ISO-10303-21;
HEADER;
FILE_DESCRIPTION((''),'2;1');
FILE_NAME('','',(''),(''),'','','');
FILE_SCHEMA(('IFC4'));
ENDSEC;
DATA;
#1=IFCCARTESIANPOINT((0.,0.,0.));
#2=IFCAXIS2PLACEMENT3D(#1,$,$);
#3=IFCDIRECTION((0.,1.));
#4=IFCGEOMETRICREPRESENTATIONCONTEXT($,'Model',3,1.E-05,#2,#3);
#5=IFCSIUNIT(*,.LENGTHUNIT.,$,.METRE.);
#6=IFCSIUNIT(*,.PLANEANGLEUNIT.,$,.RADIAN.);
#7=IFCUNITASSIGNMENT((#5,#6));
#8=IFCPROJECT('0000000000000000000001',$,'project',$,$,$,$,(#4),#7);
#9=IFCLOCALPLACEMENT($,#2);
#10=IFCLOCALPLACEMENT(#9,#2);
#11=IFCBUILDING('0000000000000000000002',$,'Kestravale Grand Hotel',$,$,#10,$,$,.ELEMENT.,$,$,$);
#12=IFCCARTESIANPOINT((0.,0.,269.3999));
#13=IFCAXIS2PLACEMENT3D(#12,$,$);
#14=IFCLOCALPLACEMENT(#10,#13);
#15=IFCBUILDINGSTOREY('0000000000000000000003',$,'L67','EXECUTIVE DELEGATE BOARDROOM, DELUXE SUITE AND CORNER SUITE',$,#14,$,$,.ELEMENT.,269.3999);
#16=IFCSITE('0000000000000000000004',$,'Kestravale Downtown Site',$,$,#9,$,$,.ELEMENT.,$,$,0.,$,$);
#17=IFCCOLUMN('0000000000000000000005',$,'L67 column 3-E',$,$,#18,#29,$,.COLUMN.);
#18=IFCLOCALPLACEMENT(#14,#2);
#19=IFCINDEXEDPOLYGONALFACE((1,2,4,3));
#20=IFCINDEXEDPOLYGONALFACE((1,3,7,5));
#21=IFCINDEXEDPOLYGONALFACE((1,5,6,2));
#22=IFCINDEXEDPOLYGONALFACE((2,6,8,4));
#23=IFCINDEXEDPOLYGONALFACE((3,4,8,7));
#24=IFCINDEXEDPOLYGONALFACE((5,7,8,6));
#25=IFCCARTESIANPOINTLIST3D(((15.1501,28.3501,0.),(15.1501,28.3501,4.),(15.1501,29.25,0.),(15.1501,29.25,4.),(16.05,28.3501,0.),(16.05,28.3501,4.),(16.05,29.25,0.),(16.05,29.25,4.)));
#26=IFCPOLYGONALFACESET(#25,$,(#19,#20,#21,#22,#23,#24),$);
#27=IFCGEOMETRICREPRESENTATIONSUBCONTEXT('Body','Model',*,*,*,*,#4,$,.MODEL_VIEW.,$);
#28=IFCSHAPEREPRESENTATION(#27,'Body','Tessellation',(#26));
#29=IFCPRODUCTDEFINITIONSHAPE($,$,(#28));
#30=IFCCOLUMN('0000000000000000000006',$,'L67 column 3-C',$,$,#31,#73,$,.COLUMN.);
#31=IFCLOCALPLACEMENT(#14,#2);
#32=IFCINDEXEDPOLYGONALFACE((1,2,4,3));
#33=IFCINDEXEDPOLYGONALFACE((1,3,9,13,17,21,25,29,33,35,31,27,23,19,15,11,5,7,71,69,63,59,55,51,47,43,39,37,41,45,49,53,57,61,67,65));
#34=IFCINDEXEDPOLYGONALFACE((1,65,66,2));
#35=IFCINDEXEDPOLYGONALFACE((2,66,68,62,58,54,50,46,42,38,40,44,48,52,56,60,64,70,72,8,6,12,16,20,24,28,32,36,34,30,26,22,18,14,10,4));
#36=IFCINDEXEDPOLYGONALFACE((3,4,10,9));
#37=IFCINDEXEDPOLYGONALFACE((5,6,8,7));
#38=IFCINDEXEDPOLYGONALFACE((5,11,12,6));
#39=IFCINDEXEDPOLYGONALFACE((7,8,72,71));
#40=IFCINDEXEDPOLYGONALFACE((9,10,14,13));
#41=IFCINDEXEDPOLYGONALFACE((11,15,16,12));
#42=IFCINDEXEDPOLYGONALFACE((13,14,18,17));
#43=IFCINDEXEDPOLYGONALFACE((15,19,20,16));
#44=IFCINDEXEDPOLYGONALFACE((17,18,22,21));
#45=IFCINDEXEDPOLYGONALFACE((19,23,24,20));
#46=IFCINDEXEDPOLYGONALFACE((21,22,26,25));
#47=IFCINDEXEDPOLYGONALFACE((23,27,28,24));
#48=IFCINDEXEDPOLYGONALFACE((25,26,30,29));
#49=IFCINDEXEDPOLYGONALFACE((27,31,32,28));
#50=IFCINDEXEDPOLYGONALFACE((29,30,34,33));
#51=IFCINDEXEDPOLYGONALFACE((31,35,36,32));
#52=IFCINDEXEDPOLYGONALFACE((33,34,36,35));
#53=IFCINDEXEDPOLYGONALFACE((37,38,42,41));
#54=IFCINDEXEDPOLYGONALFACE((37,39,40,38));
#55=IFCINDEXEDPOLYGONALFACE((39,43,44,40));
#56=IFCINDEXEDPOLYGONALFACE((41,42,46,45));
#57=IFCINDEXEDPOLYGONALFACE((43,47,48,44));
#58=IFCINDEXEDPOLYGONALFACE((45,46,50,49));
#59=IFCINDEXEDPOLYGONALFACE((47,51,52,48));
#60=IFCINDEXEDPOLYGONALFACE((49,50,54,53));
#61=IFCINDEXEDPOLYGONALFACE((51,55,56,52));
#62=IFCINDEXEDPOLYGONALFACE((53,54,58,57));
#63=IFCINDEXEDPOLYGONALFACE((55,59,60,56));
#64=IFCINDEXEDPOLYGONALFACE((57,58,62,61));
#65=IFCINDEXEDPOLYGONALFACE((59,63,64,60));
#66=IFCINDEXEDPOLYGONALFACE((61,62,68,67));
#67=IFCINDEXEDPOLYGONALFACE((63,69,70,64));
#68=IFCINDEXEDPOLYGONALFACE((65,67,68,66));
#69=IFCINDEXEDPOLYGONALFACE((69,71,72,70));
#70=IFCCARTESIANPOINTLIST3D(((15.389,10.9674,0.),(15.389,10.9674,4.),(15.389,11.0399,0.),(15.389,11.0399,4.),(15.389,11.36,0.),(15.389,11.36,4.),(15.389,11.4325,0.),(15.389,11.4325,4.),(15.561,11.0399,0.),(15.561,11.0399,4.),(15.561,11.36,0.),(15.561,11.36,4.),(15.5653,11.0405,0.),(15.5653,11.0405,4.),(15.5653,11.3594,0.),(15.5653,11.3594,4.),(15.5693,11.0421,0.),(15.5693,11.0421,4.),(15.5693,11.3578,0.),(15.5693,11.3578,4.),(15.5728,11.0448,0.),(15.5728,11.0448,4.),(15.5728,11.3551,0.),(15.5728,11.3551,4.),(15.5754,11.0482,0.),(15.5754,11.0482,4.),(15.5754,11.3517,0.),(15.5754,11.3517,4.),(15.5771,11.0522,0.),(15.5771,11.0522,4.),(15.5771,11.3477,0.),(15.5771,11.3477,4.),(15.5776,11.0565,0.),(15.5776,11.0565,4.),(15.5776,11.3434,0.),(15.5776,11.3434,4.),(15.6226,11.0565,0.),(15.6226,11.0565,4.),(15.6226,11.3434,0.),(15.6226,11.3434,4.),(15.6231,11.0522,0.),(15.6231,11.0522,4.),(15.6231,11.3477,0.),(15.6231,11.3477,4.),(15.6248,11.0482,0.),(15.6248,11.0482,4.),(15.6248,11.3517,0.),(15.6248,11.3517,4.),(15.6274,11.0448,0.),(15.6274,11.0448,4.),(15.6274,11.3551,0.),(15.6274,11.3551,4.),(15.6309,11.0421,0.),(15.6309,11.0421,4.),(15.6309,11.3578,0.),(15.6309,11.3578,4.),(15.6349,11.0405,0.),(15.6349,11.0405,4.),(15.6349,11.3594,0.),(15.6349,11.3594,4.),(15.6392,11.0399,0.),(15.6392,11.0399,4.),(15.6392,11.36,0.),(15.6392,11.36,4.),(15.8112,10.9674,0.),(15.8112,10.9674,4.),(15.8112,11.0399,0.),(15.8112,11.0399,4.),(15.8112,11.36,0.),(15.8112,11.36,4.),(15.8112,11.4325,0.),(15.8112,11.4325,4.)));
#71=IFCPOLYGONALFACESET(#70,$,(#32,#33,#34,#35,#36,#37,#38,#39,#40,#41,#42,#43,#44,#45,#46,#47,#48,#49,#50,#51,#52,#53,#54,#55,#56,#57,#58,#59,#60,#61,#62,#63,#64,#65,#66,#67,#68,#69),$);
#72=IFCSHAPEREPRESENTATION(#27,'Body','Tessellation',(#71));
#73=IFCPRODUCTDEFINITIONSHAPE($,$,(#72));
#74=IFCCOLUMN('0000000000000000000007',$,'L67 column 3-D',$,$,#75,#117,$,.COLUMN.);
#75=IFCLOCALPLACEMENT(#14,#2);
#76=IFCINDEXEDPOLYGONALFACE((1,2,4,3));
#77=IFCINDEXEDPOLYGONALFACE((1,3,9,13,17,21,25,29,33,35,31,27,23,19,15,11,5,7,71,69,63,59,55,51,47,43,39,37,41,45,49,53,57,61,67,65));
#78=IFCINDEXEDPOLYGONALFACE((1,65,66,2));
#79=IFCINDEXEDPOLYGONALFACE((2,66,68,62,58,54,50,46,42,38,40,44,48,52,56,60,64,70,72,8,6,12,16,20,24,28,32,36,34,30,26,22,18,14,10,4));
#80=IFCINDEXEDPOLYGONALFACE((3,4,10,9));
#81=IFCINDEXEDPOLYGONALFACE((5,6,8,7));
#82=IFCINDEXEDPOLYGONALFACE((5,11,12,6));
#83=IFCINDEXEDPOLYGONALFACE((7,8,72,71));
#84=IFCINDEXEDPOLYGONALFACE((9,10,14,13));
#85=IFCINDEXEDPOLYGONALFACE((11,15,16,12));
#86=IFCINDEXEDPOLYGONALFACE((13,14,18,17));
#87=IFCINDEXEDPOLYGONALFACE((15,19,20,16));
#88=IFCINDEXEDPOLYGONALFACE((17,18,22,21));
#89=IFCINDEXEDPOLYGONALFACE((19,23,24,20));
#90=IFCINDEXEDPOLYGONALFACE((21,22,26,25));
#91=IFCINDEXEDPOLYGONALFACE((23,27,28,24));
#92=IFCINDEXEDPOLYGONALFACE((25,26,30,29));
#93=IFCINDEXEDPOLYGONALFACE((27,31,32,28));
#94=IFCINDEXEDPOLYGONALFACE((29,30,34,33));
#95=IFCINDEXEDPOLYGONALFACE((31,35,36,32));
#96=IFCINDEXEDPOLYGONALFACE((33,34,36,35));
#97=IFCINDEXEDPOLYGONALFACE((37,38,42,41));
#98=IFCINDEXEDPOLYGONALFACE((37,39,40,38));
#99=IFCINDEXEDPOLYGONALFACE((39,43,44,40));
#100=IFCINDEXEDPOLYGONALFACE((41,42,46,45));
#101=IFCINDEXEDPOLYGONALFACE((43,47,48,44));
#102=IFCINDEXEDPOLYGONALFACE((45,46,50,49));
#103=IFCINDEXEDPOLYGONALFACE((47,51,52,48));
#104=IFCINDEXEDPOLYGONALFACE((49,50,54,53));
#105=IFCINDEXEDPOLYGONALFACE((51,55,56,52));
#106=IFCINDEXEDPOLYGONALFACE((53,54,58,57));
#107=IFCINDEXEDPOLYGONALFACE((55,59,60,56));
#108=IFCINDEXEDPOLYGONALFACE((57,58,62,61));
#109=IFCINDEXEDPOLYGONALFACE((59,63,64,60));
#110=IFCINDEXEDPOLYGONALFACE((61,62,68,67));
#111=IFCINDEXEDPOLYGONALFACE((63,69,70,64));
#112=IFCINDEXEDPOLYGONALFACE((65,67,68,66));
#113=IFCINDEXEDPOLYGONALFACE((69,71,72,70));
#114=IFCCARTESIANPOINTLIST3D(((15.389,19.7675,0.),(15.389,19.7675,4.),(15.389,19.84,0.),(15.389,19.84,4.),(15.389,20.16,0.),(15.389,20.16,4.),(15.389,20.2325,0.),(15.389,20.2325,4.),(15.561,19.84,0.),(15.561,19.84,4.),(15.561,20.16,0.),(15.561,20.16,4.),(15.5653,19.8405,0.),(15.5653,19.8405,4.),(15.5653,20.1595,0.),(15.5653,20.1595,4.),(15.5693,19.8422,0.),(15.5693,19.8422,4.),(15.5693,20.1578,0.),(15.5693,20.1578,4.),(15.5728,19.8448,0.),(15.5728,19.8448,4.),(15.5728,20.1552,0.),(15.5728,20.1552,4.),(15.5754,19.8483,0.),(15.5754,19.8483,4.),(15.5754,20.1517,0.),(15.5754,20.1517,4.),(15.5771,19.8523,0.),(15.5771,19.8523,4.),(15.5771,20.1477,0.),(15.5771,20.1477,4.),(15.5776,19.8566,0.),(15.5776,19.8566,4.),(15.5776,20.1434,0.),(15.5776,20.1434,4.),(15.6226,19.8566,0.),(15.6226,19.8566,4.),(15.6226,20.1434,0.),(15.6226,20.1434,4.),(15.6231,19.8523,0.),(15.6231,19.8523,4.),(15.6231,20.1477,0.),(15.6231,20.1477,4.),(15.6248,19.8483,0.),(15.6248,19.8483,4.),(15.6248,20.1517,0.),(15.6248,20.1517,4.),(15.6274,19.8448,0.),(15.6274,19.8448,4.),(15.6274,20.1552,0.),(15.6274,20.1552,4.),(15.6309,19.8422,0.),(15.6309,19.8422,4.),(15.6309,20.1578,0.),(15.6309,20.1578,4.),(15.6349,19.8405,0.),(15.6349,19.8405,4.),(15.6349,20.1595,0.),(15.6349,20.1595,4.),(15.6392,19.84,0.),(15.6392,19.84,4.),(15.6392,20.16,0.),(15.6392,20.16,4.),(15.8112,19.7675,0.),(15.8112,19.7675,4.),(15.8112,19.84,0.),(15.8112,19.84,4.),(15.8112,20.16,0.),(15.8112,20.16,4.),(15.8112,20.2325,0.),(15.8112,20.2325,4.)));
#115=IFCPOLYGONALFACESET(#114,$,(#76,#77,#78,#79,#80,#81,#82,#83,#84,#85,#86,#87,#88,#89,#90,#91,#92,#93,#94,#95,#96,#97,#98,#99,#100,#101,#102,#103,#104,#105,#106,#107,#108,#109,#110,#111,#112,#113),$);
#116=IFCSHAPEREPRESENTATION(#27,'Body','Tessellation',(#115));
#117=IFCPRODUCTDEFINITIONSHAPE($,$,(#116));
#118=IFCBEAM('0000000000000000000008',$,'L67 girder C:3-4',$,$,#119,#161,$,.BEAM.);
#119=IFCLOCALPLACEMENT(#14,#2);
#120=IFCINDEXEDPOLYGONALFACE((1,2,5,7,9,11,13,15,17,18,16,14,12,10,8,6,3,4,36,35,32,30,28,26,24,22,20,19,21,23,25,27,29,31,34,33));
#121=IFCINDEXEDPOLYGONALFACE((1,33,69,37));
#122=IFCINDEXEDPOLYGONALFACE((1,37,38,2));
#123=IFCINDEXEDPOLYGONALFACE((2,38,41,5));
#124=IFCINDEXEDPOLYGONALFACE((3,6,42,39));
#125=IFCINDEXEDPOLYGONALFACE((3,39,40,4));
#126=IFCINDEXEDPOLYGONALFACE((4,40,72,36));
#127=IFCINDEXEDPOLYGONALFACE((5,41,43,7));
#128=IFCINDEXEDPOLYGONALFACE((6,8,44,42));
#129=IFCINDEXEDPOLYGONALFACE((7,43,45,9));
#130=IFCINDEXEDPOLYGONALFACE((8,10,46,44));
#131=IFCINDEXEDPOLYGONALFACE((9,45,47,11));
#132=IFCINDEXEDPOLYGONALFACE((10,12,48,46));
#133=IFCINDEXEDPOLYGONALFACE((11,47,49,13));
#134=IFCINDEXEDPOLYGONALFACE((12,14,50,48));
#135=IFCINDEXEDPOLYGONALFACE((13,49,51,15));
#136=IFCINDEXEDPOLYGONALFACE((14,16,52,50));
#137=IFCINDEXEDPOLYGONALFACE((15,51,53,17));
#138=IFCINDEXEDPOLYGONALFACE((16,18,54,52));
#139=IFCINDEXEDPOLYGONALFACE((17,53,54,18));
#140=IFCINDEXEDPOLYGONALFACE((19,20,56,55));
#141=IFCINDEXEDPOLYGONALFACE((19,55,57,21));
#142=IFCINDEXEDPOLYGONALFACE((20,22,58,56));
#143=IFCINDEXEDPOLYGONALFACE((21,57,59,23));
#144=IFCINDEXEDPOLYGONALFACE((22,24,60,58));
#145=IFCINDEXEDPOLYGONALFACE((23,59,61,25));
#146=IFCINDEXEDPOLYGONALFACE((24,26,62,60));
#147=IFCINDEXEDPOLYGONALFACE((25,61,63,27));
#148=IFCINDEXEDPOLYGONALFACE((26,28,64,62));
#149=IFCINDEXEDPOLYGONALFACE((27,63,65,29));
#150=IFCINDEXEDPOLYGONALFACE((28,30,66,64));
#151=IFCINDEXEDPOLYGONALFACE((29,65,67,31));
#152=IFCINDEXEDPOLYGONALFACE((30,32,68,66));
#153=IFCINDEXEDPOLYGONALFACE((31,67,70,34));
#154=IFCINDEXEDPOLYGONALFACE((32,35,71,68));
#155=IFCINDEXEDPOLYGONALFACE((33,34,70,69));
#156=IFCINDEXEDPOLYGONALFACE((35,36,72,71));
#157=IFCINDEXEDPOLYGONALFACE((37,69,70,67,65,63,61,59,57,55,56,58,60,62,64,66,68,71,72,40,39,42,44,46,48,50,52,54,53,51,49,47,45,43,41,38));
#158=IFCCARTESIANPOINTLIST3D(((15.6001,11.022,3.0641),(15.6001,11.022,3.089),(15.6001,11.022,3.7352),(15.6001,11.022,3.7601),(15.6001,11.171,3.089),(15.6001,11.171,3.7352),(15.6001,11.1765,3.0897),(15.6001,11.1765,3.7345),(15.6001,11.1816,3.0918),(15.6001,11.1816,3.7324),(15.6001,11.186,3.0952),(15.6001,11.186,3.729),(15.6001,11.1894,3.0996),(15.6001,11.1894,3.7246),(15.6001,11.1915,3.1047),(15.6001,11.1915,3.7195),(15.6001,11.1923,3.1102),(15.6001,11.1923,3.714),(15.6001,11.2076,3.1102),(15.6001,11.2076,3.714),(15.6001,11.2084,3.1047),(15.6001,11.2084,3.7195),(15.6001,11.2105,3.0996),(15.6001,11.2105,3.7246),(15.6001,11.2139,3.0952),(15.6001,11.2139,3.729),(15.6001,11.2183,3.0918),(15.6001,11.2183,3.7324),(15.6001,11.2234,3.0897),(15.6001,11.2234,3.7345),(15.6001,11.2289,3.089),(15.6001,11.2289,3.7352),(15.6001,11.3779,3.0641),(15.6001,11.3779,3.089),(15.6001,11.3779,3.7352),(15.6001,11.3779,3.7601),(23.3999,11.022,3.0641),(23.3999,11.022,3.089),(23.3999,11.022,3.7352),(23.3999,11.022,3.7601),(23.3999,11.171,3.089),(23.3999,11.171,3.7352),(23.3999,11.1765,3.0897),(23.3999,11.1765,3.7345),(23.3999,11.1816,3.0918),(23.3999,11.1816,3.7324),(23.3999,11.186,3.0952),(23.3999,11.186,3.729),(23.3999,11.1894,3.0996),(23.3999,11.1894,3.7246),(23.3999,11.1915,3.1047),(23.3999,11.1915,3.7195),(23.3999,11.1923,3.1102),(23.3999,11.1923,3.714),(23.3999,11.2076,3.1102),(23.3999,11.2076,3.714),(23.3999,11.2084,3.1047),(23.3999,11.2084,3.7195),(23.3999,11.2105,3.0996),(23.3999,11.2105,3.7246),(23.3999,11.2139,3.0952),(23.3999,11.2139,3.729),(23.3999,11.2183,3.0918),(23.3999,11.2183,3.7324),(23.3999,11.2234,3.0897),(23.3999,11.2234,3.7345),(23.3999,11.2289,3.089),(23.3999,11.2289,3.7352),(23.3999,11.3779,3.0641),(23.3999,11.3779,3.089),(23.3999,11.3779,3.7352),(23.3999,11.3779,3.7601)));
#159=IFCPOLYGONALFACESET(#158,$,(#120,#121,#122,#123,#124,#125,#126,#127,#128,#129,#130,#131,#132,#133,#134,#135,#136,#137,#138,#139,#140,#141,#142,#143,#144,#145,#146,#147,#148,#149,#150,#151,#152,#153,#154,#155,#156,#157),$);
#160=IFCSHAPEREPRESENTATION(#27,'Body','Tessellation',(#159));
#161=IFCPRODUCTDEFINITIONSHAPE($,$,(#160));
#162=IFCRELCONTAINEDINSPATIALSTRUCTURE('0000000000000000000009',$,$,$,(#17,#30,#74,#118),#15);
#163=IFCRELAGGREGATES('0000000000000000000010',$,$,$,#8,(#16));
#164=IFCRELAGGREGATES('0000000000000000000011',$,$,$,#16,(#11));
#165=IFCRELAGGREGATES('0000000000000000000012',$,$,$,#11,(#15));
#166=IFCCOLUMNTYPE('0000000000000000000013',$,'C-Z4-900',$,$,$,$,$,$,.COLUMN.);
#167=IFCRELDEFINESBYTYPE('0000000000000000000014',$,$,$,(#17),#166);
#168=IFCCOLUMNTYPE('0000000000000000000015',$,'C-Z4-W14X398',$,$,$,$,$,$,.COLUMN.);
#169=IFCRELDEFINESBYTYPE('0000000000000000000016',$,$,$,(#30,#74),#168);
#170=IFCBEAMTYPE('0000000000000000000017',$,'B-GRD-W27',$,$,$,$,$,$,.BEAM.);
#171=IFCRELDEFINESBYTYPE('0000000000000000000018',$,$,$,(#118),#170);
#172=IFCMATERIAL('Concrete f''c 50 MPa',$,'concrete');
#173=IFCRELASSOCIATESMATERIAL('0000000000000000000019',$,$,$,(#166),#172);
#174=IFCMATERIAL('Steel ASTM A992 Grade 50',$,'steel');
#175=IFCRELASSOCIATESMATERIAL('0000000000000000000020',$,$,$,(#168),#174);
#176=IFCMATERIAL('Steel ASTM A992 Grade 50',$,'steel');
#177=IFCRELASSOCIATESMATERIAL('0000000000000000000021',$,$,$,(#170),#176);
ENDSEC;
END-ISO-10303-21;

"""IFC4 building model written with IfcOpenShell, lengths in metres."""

from ifc_helpers import new_model, si_unit, direction, frame, origin, origin_2d, place, context, subcontext, project, spatial, rectangle, i_section, extrude, material, material_profile, profile_set, type_object, element, save


model = new_model("IFC4")

# Units and contexts
model_context = context("Model", 3, precision=1e-05, world=origin(), true_north=direction((0.0, 1.0)))
body_context = subcontext(model_context, "Body", "Model", "MODEL_VIEW")
ifc_project = project(units=[si_unit("LENGTHUNIT", "METRE"), si_unit("PLANEANGLEUNIT", "RADIAN")], contexts=[model_context])

# Site, building, storey
site_placement = place(None, origin())
site = spatial("IfcSite", under=ifc_project, at=site_placement, Name="Kestravale Downtown Site", CompositionType="ELEMENT", RefElevation=0.0)
building_placement = place(site_placement, origin())
building = spatial("IfcBuilding", under=site, at=building_placement, Name="Kestravale Grand Hotel", CompositionType="ELEMENT")
storey_placement = place(building_placement, frame((0.0, 0.0, 269.3999)))
storey = spatial("IfcBuildingStorey", under=building, at=storey_placement, Name="L67", Description="EXECUTIVE DELEGATE BOARDROOM, DELUXE SUITE AND CORNER SUITE", CompositionType="ELEMENT", Elevation=269.3999)

# Columns
ifc_material_1 = material(Name="Concrete f'c 50 MPa", Category="concrete")
ifc_material_profile_1 = material_profile(ifc_material_1, rectangle(XDim=0.8999, YDim=0.8999, at=origin_2d()))
ifc_profile_set_1 = profile_set([ifc_material_profile_1], Name="Concrete f'c 50 MPa")
column_type_1 = type_object("IfcColumnType", Name="C-Z4-900", PredefinedType="COLUMN", material=ifc_profile_set_1)
column_placement = place(storey_placement, frame((15.6001, 28.8, 0.0), z_axis=(0.0, 0.0, 1.0), x_axis=(1.0, 0.0, 0.0)))
element("IfcColumn", 1, at=column_placement, inside=storey, type_object=column_type_1, Name="L67 column 3-E", PredefinedType="COLUMN", context=body_context, shape_type="SweptSolid", body=[
    extrude(rectangle(XDim=0.8999, YDim=0.8999, at=origin_2d()), origin(), (0.0, 0.0, 1.0), 4.0),
])
ifc_material_2 = material(Name="Steel ASTM A992 Grade 50", Category="steel")
ifc_material_profile_2 = material_profile(ifc_material_2, i_section(OverallWidth=0.4221, OverallDepth=0.4651, WebThickness=0.0449, FlangeThickness=0.0725, FilletRadius=0.0166, at=origin_2d()))
ifc_profile_set_2 = profile_set([ifc_material_profile_2], Name="Steel ASTM A992 Grade 50")
column_type_2 = type_object("IfcColumnType", Name="C-Z4-W14X398", PredefinedType="COLUMN", material=ifc_profile_set_2)
for number, where, z_axis, x_axis, name in (
    (2, (15.6001, 11.2, 0.0), (0.0, 0.0, 1.0), (1.0, 0.0, 0.0), "L67 column 3-C"),
    (3, (15.6001, 20.0, 0.0), (0.0, 0.0, 1.0), (1.0, 0.0, 0.0), "L67 column 3-D"),
):
    element("IfcColumn", number, at=place(storey_placement, frame(where, z_axis=z_axis, x_axis=x_axis)), inside=storey, type_object=column_type_2, Name=name, PredefinedType="COLUMN", context=body_context, shape_type="SweptSolid", body=[
        extrude(i_section(OverallWidth=0.4221, OverallDepth=0.4651, WebThickness=0.0449, FlangeThickness=0.0725, FilletRadius=0.0166, at=origin_2d()), origin(), (0.0, 0.0, 1.0), 4.0),
    ])

# Beam
ifc_material_3 = material(Name="Steel ASTM A992 Grade 50", Category="steel")
ifc_material_profile_3 = material_profile(ifc_material_3, i_section(OverallWidth=0.356, OverallDepth=0.696, WebThickness=0.0154, FlangeThickness=0.0249, FilletRadius=0.0212, at=origin_2d()))
ifc_profile_set_3 = profile_set([ifc_material_profile_3], Name="Steel ASTM A992 Grade 50")
beam_type = type_object("IfcBeamType", Name="B-GRD-W27", PredefinedType="BEAM", material=ifc_profile_set_3)
for number, where, z_axis, x_axis, name in (
    (4, (15.6001, 11.2, 3.4121), (1.0, 0.0, 0.0), (0.0, 1.0, 0.0), "L67 girder C:3-4"),
):
    element("IfcBeam", number, at=place(storey_placement, frame(where, z_axis=z_axis, x_axis=x_axis)), inside=storey, type_object=beam_type, Name=name, PredefinedType="BEAM", context=body_context, shape_type="SweptSolid", body=[
        extrude(i_section(OverallWidth=0.356, OverallDepth=0.696, WebThickness=0.0154, FlangeThickness=0.0249, FilletRadius=0.0212, at=origin_2d()), origin(), (0.0, 0.0, 1.0), 7.7998),
    ])

save(model, "model.ifc")
